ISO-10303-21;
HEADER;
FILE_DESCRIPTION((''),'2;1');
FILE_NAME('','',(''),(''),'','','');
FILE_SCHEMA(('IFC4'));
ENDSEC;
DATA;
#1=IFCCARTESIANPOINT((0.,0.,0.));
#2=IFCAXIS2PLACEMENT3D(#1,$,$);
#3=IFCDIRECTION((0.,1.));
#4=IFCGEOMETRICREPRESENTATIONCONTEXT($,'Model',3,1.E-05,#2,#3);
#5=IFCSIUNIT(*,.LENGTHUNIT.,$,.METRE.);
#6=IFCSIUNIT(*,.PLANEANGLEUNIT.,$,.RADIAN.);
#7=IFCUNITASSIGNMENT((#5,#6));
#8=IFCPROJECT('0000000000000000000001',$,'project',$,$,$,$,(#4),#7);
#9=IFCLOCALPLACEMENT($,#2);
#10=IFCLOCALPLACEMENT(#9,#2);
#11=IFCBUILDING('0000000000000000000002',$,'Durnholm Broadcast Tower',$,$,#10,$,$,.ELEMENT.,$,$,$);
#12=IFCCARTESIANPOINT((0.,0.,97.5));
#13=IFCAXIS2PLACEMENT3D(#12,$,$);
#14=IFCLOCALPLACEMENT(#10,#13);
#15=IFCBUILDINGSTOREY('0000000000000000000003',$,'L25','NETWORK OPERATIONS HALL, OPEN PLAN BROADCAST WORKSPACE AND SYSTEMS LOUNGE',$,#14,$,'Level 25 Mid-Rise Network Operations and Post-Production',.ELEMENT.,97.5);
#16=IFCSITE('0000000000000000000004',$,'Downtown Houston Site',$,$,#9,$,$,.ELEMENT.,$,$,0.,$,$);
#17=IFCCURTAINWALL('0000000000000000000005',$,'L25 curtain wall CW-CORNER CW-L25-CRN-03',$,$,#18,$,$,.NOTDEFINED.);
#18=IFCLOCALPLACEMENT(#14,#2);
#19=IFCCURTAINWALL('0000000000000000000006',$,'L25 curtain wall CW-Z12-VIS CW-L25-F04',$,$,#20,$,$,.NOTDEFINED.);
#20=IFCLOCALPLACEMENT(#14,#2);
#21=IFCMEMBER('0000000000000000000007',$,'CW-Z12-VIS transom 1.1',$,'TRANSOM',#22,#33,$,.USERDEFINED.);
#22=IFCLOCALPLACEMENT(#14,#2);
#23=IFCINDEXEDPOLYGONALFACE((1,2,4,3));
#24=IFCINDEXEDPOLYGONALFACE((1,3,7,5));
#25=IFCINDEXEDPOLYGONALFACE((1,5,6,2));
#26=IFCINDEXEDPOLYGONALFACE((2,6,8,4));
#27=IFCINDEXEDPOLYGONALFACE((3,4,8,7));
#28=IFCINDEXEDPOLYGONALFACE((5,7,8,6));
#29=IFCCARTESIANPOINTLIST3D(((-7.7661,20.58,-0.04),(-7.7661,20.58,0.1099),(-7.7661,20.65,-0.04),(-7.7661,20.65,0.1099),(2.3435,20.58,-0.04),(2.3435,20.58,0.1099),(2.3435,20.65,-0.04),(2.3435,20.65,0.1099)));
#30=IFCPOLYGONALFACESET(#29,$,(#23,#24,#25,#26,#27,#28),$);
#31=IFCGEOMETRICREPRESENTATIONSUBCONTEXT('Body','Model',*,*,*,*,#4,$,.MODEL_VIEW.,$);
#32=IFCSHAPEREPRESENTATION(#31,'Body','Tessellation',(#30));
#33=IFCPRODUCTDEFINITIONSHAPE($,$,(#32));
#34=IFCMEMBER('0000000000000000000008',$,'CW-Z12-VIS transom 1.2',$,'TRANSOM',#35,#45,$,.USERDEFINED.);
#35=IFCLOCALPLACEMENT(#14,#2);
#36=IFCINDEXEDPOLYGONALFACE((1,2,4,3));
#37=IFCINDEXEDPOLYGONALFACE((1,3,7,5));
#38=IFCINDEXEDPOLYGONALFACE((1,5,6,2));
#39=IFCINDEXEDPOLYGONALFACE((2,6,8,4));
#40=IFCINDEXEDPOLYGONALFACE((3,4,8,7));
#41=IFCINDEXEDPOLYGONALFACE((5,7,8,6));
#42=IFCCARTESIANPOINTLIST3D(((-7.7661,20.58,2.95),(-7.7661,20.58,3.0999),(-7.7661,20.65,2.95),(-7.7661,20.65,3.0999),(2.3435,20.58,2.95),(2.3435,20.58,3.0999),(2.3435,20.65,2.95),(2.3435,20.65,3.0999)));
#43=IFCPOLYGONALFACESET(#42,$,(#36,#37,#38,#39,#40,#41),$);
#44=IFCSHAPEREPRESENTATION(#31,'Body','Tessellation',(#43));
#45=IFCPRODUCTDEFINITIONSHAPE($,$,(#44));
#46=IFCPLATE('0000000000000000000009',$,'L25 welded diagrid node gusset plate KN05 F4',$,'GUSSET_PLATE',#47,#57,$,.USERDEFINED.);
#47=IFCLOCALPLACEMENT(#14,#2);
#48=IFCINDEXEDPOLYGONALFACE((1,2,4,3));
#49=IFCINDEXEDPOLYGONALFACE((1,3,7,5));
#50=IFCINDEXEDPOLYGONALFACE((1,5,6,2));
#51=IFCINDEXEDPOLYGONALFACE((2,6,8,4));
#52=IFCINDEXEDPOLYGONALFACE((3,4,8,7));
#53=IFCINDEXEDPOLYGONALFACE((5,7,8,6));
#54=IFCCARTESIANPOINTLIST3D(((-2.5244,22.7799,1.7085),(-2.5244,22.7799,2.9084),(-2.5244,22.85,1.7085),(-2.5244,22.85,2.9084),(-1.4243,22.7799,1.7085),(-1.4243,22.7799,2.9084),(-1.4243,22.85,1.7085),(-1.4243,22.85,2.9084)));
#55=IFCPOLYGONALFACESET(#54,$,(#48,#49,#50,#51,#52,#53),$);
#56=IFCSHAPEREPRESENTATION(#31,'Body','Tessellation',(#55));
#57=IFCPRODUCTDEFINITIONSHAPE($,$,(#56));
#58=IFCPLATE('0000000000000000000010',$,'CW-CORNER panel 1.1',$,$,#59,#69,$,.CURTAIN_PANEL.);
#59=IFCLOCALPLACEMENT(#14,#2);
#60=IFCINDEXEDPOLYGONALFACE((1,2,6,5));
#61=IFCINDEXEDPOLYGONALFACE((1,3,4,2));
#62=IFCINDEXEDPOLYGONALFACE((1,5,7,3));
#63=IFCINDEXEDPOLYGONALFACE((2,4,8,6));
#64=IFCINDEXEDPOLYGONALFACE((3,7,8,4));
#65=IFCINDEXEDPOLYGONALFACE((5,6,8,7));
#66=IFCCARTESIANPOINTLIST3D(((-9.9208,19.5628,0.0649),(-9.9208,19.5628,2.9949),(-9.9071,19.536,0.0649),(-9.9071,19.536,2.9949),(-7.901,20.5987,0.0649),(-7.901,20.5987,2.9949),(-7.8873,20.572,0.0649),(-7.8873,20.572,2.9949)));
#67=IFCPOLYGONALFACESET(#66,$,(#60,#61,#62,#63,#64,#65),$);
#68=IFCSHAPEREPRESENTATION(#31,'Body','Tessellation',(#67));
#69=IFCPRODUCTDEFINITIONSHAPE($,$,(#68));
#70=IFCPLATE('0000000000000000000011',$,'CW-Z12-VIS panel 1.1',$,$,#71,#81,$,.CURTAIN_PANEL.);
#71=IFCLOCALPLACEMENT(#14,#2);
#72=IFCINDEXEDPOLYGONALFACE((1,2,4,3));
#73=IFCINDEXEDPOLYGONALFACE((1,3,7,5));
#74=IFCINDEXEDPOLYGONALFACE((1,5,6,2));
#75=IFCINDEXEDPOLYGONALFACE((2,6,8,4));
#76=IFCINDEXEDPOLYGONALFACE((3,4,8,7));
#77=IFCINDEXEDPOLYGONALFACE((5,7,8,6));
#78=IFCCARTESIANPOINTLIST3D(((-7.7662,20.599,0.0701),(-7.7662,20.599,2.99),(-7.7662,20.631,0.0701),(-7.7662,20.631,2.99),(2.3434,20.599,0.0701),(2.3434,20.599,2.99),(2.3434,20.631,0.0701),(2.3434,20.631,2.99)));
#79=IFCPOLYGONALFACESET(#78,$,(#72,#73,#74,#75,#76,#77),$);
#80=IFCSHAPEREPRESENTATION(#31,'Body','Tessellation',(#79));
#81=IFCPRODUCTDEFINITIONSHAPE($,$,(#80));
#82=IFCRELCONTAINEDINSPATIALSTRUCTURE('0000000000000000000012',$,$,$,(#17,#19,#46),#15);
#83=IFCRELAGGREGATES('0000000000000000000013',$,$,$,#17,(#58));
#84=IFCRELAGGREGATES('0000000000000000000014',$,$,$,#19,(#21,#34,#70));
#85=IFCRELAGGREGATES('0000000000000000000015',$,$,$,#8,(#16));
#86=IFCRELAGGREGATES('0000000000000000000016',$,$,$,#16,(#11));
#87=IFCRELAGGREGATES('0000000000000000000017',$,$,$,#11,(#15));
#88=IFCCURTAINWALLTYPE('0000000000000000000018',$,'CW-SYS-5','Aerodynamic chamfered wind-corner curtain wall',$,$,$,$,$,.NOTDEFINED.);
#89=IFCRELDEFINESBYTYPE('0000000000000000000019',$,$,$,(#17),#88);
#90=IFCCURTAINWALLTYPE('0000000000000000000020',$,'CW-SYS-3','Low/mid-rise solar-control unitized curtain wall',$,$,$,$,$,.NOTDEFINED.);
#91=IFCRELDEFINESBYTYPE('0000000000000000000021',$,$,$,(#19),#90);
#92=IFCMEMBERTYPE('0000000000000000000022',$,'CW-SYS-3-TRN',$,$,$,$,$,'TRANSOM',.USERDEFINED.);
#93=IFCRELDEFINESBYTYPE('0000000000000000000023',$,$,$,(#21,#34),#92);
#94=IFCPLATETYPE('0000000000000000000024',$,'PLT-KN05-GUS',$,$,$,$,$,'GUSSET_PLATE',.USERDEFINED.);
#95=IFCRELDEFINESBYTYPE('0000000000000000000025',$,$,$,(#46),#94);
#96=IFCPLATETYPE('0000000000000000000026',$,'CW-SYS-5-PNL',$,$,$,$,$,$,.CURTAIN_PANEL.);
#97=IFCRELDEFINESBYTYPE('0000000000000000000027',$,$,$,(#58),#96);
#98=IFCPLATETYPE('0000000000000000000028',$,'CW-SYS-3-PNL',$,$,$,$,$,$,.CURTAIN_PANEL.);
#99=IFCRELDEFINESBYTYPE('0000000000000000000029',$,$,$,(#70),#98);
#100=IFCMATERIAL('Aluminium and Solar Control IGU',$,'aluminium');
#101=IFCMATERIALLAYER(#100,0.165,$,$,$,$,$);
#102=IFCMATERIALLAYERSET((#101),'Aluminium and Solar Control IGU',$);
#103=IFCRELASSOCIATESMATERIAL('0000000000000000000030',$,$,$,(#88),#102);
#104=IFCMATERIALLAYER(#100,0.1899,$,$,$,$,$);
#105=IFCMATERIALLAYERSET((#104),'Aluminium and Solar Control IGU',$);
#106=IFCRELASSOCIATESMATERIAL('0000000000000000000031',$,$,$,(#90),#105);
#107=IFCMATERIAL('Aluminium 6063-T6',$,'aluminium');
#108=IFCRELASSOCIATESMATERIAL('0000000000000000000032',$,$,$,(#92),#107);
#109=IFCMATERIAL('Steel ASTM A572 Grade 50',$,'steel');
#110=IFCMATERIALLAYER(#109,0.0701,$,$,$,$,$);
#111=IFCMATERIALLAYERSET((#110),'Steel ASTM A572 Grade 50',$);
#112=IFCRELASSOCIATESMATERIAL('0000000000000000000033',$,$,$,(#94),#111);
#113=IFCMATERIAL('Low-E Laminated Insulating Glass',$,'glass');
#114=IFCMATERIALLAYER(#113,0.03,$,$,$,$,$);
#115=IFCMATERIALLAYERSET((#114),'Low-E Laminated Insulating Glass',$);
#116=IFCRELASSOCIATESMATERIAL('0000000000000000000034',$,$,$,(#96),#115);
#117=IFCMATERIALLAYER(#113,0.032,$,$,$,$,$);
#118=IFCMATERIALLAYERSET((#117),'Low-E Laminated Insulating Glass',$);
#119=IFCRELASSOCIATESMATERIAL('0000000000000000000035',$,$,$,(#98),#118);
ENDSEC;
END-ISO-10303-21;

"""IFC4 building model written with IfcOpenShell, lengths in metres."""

from ifc_helpers import new_model, si_unit, direction, frame, origin, origin_2d, place, context, subcontext, project, spatial, rectangle, extrude, source, transform, mapped, material, layer, layer_set, material_profile, profile_set, type_object, type_shapes, element, aggregate, save


model = new_model("IFC4")

# Units and contexts
model_context = context("Model", 3, precision=1e-05, world=origin(), true_north=direction((0.0, 1.0)))
body_context = subcontext(model_context, "Body", "Model", "MODEL_VIEW")
ifc_project = project(units=[si_unit("LENGTHUNIT", "METRE"), si_unit("PLANEANGLEUNIT", "RADIAN")], contexts=[model_context])

# Site, building, storey
site_placement = place(None, origin())
site = spatial("IfcSite", under=ifc_project, at=site_placement, Name="Downtown Houston Site", CompositionType="ELEMENT", RefElevation=0.0)
building_placement = place(site_placement, origin())
building = spatial("IfcBuilding", under=site, at=building_placement, Name="Durnholm Broadcast Tower", CompositionType="ELEMENT")
storey_placement = place(building_placement, frame((0.0, 0.0, 97.5)))
storey = spatial("IfcBuildingStorey", under=building, at=storey_placement, Name="L25", Description="NETWORK OPERATIONS HALL, OPEN PLAN BROADCAST WORKSPACE AND SYSTEMS LOUNGE", LongName="Level 25 Mid-Rise Network Operations and Post-Production", CompositionType="ELEMENT", Elevation=97.5)

# Curtain wall
ifc_material_1 = material(Name="Aluminium and Solar Control IGU", Category="aluminium")
ifc_layer_1 = layer(ifc_material_1, 0.165)
ifc_layer_set_1 = layer_set([ifc_layer_1], Name="Aluminium and Solar Control IGU")
curtain_wall_type_1 = type_object("IfcCurtainWallType", Name="CW-SYS-5", Description="Aerodynamic chamfered wind-corner curtain wall", PredefinedType="NOTDEFINED", material=ifc_layer_set_1)
curtain_wall_1_placement = place(storey_placement, origin())
curtain_wall_1 = element("IfcCurtainWall", 1, at=curtain_wall_1_placement, inside=storey, type_object=curtain_wall_type_1, Name="L25 curtain wall CW-CORNER CW-L25-CRN-03", PredefinedType="NOTDEFINED")
ifc_material_2 = material(Name="Aluminium 6063-T6", Category="aluminium")

# Curtain wall, members
ifc_layer_2 = layer(ifc_material_1, 0.1899)
ifc_layer_set_2 = layer_set([ifc_layer_2], Name="Aluminium and Solar Control IGU")
curtain_wall_type_2 = type_object("IfcCurtainWallType", Name="CW-SYS-3", Description="Low/mid-rise solar-control unitized curtain wall", PredefinedType="NOTDEFINED", material=ifc_layer_set_2)
curtain_wall_2_placement = place(storey_placement, origin())
curtain_wall_2 = element("IfcCurtainWall", 2, at=curtain_wall_2_placement, inside=storey, type_object=curtain_wall_type_2, Name="L25 curtain wall CW-Z12-VIS CW-L25-F04", PredefinedType="NOTDEFINED")
ifc_material_profile_1 = material_profile(ifc_material_2, rectangle(XDim=0.0701, YDim=0.1499, at=origin_2d()), Name="CWT70X150")
ifc_profile_set_1 = profile_set([ifc_material_profile_1], Name="Aluminium 6063-T6")
member_type_1 = type_object("IfcMemberType", Name="CW-SYS-3-TRN", ElementType="TRANSOM", PredefinedType="USERDEFINED", material=ifc_profile_set_1)
shared_shape_1 = source(origin(), body_context, "Body", "SweptSolid", [
    extrude(rectangle(XDim=0.0701, YDim=0.1499, at=origin_2d()), origin(), (0.0, 0.0, 1.0), 10.1096),
])
type_shapes(member_type_1, [shared_shape_1])
member_1_placement = place(storey_placement, frame((-7.7661, 20.615, 0.0349), z_axis=(1.0, 0.0, 0.0), x_axis=(0.0, 1.0, 0.0)))
member_1 = element("IfcMember", 3, at=member_1_placement, type_object=member_type_1, Name="CW-Z12-VIS transom 1.1", ObjectType="TRANSOM", PredefinedType="USERDEFINED", context=body_context, shape_type="MappedRepresentation", body=[
    mapped(shared_shape_1, transform((0.0, 0.0, 0.0), x_axis=(1.0, 0.0, 0.0), y_axis=(0.0, 1.0, 0.0), z_axis=(0.0, 0.0, 1.0), scale=1.0)),
])
member_2_placement = place(storey_placement, frame((-7.7661, 20.615, 3.0249), z_axis=(1.0, 0.0, 0.0), x_axis=(0.0, 1.0, 0.0)))
member_2 = element("IfcMember", 4, at=member_2_placement, type_object=member_type_1, Name="CW-Z12-VIS transom 1.2", ObjectType="TRANSOM", PredefinedType="USERDEFINED", context=body_context, shape_type="MappedRepresentation", body=[
    mapped(shared_shape_1, transform((0.0, 0.0, 0.0), x_axis=(1.0, 0.0, 0.0), y_axis=(0.0, 1.0, 0.0), z_axis=(0.0, 0.0, 1.0), scale=1.0)),
])

# Plates
ifc_material_3 = material(Name="Steel ASTM A572 Grade 50", Category="steel")
ifc_layer_3 = layer(ifc_material_3, 0.0701)
ifc_layer_set_3 = layer_set([ifc_layer_3], Name="Steel ASTM A572 Grade 50")
plate_type_1 = type_object("IfcPlateType", Name="PLT-KN05-GUS", ElementType="GUSSET_PLATE", PredefinedType="USERDEFINED", material=ifc_layer_set_3)
shared_shape_2 = source(origin(), body_context, "Body", "SweptSolid", [
    extrude(rectangle(XDim=1.1001, YDim=0.0701, at=origin_2d()), origin(), (0.0, 0.0, 1.0), 1.2),
])
type_shapes(plate_type_1, [shared_shape_2])
plate_1_placement = place(storey_placement, frame((-1.9744, 22.8149, 1.7085), z_axis=(0.0, 0.0, 1.0), x_axis=(-1.0, 0.0, 0.0)))
element("IfcPlate", 5, at=plate_1_placement, inside=storey, type_object=plate_type_1, Name="L25 welded diagrid node gusset plate KN05 F4", ObjectType="GUSSET_PLATE", PredefinedType="USERDEFINED", context=body_context, shape_type="MappedRepresentation", body=[
    mapped(shared_shape_2, transform((0.0, 0.0, 0.0), x_axis=(1.0, 0.0, 0.0), y_axis=(0.0, 1.0, 0.0), z_axis=(0.0, 0.0, 1.0), scale=1.0)),
])
ifc_material_4 = material(Name="Low-E Laminated Insulating Glass", Category="glass")
ifc_layer_4 = layer(ifc_material_4, 0.03)
ifc_layer_set_4 = layer_set([ifc_layer_4], Name="Low-E Laminated Insulating Glass")
plate_type_2 = type_object("IfcPlateType", Name="CW-SYS-5-PNL", PredefinedType="CURTAIN_PANEL", material=ifc_layer_set_4)
shared_shape_3 = source(origin(), body_context, "Body", "SweptSolid", [
    extrude(rectangle(XDim=2.27, YDim=0.03, at=origin_2d()), origin(), (0.0, 0.0, 1.0), 2.9299),
])
type_shapes(plate_type_2, [shared_shape_3])
plate_2_placement = place(storey_placement, frame((-8.9041, 20.0674, 0.0649), z_axis=(0.0, 0.0, 1.0), x_axis=(0.889788, 0.456373, 0.0)))
plate_2 = element("IfcPlate", 6, at=plate_2_placement, type_object=plate_type_2, Name="CW-CORNER panel 1.1", PredefinedType="CURTAIN_PANEL", context=body_context, shape_type="MappedRepresentation", body=[
    mapped(shared_shape_3, transform((0.0, 0.0, 0.0), x_axis=(1.0, 0.0, 0.0), y_axis=(0.0, 1.0, 0.0), z_axis=(0.0, 0.0, 1.0), scale=1.0)),
])
aggregate(curtain_wall_1, [plate_2])
ifc_layer_5 = layer(ifc_material_4, 0.032)
ifc_layer_set_5 = layer_set([ifc_layer_5], Name="Low-E Laminated Insulating Glass")
plate_type_3 = type_object("IfcPlateType", Name="CW-SYS-3-PNL", PredefinedType="CURTAIN_PANEL", material=ifc_layer_set_5)
shared_shape_4 = source(origin(), body_context, "Body", "SweptSolid", [
    extrude(rectangle(XDim=10.1096, YDim=0.032, at=origin_2d()), origin(), (0.0, 0.0, 1.0), 2.9199),
])
type_shapes(plate_type_3, [shared_shape_4])
plate_3_placement = place(storey_placement, frame((-2.7114, 20.615, 0.0701), z_axis=(0.0, 0.0, 1.0), x_axis=(1.0, 0.0, 0.0)))
plate_3 = element("IfcPlate", 7, at=plate_3_placement, type_object=plate_type_3, Name="CW-Z12-VIS panel 1.1", PredefinedType="CURTAIN_PANEL", context=body_context, shape_type="MappedRepresentation", body=[
    mapped(shared_shape_4, transform((0.0, 0.0, 0.0), x_axis=(1.0, 0.0, 0.0), y_axis=(0.0, 1.0, 0.0), z_axis=(0.0, 0.0, 1.0), scale=1.0)),
])
aggregate(curtain_wall_2, [member_1, member_2, plate_3])

save(model, "model.ifc")
